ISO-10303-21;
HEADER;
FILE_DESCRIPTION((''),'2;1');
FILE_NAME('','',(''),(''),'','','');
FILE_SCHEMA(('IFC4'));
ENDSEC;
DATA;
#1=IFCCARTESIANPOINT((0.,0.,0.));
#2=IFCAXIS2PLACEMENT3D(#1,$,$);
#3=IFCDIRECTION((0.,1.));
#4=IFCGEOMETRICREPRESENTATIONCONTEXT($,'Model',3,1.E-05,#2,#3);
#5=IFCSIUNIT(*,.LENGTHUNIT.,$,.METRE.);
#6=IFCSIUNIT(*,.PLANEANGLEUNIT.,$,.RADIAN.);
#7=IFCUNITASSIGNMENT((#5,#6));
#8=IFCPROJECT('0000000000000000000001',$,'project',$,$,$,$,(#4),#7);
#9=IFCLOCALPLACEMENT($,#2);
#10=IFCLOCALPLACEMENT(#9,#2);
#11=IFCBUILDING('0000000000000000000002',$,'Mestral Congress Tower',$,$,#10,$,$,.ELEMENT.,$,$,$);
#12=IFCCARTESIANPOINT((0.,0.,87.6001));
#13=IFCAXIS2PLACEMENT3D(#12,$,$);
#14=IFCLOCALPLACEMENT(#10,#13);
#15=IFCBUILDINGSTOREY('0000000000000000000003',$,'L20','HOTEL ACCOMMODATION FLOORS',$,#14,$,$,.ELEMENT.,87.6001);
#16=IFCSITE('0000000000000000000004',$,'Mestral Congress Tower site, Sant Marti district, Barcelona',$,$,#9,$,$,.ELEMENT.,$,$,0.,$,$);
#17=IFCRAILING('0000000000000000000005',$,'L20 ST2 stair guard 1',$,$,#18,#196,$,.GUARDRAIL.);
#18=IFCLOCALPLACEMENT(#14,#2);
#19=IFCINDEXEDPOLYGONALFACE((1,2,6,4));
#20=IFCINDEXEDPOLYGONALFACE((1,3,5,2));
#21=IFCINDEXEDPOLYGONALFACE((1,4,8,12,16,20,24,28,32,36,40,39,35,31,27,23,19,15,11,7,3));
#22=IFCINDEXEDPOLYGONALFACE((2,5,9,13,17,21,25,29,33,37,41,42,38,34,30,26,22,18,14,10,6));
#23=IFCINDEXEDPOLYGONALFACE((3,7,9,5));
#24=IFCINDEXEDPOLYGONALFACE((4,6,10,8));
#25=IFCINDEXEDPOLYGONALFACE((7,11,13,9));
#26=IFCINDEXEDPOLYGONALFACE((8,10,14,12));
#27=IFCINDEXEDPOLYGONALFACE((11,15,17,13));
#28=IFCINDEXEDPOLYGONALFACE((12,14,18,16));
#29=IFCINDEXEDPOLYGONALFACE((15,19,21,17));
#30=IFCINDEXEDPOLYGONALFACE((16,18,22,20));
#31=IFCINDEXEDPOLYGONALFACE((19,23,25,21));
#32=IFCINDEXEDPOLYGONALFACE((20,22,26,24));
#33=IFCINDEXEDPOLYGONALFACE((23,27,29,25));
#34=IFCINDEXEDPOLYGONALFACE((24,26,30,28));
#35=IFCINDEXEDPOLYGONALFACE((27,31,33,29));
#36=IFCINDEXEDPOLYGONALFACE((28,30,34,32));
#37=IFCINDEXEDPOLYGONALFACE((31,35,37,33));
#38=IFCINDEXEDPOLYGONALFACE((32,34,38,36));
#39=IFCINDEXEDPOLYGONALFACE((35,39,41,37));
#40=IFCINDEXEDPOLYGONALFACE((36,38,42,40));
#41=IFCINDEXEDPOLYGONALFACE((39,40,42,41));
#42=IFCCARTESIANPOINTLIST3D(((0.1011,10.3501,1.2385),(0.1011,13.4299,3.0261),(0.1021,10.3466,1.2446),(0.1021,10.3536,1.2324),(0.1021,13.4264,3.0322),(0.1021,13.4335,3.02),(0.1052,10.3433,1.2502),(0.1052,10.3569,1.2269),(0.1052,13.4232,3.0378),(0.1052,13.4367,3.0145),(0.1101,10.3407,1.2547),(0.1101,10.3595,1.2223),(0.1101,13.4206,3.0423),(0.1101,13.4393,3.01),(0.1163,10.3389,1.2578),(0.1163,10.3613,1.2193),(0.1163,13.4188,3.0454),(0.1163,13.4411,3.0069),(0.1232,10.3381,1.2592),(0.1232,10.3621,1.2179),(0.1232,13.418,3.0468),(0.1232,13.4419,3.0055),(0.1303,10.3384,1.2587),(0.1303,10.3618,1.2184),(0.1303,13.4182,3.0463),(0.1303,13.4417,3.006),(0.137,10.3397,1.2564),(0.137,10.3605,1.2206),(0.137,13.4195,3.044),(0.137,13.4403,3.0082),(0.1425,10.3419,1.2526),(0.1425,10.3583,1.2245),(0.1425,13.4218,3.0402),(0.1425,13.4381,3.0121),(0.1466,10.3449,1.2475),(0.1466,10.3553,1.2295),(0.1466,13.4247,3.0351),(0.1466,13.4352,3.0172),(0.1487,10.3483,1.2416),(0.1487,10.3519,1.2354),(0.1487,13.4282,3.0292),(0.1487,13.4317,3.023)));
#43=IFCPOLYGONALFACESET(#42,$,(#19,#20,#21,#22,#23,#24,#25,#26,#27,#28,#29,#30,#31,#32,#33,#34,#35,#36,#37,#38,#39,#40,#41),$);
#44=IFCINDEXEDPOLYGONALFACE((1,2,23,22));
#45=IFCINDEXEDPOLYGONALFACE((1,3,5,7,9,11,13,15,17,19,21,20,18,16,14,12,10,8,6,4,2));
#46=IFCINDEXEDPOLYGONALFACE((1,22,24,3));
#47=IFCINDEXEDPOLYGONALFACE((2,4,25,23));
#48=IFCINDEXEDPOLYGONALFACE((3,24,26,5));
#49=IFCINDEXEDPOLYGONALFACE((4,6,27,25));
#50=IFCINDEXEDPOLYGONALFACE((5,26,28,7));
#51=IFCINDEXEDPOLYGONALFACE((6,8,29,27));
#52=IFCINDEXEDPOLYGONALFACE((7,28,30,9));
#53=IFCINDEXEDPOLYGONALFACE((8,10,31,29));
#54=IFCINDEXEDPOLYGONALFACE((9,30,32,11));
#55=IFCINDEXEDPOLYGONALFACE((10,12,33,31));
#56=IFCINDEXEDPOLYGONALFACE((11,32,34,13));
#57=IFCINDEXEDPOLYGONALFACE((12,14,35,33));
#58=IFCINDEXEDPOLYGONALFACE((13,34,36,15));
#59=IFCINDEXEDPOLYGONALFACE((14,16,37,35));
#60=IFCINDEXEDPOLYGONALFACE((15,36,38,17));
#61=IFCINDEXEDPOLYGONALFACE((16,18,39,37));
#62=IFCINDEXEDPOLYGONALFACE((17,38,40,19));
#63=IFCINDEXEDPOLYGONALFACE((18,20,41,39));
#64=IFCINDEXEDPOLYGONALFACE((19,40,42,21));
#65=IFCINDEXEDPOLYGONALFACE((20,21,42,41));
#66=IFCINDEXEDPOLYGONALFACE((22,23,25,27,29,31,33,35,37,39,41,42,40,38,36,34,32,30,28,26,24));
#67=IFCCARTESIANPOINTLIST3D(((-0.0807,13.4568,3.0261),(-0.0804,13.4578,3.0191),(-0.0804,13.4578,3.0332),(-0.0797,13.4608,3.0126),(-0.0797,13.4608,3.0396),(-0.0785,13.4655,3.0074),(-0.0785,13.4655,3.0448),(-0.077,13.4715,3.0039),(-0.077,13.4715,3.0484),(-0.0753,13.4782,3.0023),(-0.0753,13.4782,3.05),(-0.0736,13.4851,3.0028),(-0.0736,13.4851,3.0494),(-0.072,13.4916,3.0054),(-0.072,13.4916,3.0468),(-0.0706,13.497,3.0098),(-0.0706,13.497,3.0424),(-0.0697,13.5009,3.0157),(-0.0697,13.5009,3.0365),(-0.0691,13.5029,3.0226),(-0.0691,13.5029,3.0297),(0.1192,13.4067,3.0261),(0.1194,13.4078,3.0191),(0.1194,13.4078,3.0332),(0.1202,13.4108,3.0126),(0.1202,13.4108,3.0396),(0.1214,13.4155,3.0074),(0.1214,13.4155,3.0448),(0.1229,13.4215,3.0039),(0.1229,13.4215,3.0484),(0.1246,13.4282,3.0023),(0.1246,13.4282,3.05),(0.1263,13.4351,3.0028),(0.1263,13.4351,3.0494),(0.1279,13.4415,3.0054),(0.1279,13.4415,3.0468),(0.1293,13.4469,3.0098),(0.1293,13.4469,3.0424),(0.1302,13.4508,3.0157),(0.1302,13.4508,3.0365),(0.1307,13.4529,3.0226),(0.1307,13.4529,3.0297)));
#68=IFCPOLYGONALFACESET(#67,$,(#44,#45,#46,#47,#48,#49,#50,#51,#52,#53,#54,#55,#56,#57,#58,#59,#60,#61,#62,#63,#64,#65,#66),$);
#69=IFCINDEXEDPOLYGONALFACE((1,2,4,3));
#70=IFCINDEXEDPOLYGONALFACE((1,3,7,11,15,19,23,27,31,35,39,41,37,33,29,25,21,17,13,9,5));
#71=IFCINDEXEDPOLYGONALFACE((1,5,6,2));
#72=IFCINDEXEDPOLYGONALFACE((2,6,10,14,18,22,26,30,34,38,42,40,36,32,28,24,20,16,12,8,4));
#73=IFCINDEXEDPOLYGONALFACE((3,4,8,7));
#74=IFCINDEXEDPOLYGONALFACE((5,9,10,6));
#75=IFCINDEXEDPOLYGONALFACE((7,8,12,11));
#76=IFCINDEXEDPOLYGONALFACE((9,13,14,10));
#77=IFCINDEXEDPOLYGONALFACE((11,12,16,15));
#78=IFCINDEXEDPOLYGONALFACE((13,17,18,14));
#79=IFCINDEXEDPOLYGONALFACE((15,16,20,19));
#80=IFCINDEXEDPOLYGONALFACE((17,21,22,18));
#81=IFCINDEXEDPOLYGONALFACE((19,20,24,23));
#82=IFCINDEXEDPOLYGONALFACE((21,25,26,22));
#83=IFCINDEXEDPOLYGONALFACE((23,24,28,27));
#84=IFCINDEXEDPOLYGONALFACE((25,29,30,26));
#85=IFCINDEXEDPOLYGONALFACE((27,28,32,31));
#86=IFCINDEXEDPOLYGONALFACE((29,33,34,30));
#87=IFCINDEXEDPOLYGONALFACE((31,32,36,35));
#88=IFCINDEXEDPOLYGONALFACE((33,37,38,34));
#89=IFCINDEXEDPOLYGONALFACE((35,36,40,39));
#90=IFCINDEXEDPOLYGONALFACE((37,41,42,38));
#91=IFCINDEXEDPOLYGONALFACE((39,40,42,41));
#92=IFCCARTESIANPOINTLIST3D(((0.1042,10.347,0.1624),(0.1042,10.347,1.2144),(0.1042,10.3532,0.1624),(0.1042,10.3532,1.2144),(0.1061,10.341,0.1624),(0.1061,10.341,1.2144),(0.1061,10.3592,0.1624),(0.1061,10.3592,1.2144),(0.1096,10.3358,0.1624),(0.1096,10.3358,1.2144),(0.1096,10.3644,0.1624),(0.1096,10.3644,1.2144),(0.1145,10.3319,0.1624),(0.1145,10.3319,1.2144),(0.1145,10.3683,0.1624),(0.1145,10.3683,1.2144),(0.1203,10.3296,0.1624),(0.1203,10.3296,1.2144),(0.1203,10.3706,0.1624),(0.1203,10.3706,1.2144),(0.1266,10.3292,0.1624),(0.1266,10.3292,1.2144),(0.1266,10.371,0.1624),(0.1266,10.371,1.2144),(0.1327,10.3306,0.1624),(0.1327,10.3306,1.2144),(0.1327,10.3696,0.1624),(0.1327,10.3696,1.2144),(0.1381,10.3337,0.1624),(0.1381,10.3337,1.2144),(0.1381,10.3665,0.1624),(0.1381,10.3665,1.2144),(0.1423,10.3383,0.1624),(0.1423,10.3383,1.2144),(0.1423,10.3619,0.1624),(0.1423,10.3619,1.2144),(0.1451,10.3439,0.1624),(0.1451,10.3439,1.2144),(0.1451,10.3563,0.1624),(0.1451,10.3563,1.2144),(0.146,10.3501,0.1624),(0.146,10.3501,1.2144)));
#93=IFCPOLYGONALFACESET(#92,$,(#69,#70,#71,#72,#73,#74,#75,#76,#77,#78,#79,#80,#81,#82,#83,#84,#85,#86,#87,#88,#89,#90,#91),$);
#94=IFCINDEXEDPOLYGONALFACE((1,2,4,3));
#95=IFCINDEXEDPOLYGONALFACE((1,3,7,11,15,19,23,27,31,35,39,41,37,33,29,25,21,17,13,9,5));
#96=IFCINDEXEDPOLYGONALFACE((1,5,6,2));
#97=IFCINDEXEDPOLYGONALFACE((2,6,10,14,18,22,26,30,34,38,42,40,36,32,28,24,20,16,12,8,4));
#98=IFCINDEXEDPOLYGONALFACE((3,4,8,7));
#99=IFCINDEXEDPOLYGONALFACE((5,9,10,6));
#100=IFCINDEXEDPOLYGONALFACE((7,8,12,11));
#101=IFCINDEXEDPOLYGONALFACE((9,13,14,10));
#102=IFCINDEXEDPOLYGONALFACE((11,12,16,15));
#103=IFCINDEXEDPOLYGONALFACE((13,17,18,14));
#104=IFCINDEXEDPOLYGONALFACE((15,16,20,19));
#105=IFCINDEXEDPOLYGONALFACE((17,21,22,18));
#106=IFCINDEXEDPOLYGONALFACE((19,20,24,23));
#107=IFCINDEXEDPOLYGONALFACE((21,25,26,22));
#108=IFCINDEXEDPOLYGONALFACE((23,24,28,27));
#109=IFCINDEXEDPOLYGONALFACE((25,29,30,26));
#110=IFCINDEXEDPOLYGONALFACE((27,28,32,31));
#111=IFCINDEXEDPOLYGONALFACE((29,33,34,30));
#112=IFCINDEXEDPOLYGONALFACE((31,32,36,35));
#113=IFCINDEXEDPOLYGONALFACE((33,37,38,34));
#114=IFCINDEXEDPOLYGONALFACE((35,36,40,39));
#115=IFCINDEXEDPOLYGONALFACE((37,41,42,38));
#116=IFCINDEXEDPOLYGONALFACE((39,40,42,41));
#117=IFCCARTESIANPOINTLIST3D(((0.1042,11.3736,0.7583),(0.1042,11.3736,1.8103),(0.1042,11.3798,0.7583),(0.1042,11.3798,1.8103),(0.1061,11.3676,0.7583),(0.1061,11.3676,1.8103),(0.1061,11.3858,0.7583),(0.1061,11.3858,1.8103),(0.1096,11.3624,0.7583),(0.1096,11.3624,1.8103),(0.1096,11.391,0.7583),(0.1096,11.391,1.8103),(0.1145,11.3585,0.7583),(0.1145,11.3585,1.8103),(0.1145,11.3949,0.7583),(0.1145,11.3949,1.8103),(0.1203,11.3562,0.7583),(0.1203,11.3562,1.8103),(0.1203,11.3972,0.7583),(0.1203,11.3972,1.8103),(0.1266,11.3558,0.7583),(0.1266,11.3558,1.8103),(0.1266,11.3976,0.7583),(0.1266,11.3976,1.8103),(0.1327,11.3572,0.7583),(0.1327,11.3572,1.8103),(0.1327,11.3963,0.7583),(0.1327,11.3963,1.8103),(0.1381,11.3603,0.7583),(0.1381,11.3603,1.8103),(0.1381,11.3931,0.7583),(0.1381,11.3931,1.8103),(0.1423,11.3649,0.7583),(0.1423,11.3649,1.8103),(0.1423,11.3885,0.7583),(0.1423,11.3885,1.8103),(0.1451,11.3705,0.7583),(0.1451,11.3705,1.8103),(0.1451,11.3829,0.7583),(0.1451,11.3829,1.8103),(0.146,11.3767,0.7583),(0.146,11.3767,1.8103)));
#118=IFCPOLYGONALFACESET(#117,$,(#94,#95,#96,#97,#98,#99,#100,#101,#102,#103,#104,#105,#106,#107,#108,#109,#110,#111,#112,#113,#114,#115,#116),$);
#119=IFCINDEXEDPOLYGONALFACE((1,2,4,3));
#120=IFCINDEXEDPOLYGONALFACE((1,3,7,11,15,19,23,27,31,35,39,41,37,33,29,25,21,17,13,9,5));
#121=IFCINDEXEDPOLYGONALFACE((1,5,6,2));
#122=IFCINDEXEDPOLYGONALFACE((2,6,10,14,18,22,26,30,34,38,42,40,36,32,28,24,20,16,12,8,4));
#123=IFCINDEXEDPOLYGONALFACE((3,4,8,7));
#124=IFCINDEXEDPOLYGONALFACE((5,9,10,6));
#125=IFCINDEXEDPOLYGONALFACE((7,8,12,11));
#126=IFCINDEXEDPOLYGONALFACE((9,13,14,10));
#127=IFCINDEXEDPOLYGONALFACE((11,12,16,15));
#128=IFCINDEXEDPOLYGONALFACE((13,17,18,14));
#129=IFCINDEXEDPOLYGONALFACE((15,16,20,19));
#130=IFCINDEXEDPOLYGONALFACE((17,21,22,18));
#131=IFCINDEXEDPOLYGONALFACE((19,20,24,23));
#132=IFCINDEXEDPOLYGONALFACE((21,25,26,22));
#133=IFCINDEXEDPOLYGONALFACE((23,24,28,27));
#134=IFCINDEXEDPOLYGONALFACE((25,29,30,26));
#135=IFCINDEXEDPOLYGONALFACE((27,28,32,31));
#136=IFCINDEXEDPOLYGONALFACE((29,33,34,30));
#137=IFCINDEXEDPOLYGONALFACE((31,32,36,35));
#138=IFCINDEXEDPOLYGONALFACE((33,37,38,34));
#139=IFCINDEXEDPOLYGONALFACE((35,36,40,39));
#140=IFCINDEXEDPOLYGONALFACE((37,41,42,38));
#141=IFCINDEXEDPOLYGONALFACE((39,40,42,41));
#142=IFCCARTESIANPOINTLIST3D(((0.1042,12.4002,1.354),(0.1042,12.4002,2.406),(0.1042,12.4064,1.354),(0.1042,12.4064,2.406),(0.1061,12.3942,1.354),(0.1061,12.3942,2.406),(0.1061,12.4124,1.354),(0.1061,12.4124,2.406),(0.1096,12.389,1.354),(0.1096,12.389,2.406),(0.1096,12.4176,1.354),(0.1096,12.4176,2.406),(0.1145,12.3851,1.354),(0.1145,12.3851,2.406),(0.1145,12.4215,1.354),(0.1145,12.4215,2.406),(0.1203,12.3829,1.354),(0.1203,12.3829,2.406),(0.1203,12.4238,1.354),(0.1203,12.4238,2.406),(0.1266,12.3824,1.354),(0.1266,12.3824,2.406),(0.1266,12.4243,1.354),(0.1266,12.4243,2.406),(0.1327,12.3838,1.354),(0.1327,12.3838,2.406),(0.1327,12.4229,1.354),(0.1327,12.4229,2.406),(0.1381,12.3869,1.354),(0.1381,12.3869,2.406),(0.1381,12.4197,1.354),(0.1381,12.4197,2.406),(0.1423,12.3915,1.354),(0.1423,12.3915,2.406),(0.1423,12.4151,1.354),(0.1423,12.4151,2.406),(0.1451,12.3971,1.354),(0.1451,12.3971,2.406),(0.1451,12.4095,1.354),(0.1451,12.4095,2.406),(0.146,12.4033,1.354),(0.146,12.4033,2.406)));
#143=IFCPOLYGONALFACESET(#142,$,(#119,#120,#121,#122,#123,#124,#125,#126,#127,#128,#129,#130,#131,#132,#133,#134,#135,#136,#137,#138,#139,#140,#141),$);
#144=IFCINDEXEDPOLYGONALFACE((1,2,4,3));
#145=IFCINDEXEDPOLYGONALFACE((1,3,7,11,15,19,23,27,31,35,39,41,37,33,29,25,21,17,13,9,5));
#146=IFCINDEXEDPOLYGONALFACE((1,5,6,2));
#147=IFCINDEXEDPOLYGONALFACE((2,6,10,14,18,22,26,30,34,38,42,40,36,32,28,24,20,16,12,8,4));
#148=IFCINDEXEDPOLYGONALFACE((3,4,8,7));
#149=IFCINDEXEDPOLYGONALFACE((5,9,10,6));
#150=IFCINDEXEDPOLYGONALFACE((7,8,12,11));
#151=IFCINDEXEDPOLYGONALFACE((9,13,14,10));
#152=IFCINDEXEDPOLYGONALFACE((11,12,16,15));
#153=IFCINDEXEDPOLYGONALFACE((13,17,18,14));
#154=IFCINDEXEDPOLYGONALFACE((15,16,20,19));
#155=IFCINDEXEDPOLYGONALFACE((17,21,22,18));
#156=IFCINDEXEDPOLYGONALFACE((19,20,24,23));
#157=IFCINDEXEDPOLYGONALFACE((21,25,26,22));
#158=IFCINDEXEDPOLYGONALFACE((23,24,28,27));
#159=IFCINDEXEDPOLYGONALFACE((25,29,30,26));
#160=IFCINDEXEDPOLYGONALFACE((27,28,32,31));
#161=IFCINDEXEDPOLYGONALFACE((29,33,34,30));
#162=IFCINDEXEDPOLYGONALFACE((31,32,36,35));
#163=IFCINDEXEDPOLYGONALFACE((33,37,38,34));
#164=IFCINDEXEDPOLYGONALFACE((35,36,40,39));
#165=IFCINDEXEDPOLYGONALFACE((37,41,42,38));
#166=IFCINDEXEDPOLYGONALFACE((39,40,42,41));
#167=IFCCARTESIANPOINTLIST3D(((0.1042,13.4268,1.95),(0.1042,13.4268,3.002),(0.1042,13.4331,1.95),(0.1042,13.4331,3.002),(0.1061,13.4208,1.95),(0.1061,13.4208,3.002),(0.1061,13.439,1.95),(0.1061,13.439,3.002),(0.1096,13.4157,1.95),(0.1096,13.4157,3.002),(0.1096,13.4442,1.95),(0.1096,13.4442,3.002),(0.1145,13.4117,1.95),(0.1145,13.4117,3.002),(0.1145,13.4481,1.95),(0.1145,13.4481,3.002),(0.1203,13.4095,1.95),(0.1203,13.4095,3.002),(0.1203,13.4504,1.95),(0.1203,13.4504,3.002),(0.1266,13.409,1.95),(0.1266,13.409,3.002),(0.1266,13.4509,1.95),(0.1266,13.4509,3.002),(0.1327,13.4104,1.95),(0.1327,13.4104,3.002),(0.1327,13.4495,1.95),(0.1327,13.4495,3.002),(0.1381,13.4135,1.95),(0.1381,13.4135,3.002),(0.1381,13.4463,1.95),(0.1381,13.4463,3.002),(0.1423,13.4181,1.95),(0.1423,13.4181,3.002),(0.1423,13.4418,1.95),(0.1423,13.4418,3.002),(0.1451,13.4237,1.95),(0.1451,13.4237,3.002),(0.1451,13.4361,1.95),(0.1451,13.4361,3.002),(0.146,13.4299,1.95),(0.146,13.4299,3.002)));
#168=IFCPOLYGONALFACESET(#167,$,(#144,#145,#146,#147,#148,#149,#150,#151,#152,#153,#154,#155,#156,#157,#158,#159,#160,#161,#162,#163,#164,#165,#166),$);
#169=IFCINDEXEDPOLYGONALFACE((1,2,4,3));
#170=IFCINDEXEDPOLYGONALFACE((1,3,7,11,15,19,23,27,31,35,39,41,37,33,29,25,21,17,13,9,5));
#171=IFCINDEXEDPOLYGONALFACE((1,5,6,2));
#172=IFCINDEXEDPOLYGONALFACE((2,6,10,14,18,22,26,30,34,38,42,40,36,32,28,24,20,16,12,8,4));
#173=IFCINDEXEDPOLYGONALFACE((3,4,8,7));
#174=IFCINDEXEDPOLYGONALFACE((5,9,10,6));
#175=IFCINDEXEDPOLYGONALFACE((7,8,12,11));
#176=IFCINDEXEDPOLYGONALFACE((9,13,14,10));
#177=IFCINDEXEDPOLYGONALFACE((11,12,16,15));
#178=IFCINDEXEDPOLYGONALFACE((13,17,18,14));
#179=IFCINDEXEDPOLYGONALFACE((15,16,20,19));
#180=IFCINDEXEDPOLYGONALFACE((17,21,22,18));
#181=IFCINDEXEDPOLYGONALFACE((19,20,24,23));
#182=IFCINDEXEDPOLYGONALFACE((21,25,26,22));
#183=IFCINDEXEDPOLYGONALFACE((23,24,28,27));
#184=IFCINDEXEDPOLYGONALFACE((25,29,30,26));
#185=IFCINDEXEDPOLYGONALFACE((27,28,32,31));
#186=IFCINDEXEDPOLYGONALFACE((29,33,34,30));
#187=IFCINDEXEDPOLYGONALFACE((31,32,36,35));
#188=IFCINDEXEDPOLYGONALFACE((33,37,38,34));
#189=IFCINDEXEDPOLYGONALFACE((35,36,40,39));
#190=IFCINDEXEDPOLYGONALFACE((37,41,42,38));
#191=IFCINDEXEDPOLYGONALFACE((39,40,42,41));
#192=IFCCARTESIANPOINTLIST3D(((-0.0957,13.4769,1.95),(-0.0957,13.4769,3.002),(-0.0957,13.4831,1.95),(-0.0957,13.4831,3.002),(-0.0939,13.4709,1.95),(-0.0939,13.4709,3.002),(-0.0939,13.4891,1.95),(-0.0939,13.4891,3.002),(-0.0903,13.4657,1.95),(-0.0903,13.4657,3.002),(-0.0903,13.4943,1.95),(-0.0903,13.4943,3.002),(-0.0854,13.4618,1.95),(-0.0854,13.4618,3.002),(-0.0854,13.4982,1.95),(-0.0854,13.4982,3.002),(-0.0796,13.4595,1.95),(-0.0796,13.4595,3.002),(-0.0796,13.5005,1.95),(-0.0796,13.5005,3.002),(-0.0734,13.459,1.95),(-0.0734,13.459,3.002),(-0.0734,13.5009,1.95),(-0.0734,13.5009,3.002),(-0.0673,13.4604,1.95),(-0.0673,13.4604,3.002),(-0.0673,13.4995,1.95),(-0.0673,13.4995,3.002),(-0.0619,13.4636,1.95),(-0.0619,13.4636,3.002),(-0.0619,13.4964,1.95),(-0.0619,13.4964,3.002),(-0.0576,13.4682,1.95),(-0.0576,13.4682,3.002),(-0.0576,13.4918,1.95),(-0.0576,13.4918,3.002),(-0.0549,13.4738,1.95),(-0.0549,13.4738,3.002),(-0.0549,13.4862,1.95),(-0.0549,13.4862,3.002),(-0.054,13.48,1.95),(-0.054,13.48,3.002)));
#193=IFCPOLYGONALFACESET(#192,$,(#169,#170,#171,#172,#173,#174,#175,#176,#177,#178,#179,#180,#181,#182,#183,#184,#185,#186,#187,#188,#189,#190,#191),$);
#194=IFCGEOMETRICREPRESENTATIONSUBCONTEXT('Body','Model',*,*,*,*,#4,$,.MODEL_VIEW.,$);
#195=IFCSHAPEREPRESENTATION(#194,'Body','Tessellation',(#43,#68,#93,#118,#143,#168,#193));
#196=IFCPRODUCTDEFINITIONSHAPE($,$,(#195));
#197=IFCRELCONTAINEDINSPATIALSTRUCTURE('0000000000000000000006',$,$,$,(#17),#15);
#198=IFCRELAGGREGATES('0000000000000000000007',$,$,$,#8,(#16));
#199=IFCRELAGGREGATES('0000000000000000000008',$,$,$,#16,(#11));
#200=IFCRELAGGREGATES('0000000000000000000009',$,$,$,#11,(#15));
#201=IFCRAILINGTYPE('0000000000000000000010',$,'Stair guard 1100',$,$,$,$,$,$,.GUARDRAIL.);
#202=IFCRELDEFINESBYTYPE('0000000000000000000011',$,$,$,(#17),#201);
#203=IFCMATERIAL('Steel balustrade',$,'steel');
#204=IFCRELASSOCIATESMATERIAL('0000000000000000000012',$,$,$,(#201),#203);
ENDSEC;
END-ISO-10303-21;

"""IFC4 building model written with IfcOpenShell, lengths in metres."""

from ifc_helpers import new_model, si_unit, direction, frame, origin, origin_2d, place, context, subcontext, project, spatial, circle, extrude, material, type_object, element, save


model = new_model("IFC4")

# Units and contexts
model_context = context("Model", 3, precision=1e-05, world=origin(), true_north=direction((0.0, 1.0)))
body_context = subcontext(model_context, "Body", "Model", "MODEL_VIEW")
ifc_project = project(units=[si_unit("LENGTHUNIT", "METRE"), si_unit("PLANEANGLEUNIT", "RADIAN")], contexts=[model_context])

# Site, building, storey
site_placement = place(None, origin())
site = spatial("IfcSite", under=ifc_project, at=site_placement, Name="Mestral Congress Tower site, Sant Marti district, Barcelona", CompositionType="ELEMENT", RefElevation=0.0)
building_placement = place(site_placement, origin())
building = spatial("IfcBuilding", under=site, at=building_placement, Name="Mestral Congress Tower", CompositionType="ELEMENT")
storey_placement = place(building_placement, frame((0.0, 0.0, 87.6001)))
storey = spatial("IfcBuildingStorey", under=building, at=storey_placement, Name="L20", Description="HOTEL ACCOMMODATION FLOORS", CompositionType="ELEMENT", Elevation=87.6001)

# Railing
ifc_material_1 = material(Name="Steel balustrade", Category="steel")
railing_type = type_object("IfcRailingType", Name="Stair guard 1100", PredefinedType="GUARDRAIL", material=ifc_material_1)
railing_1_placement = place(storey_placement, frame((0.125, 10.3501, 0.1624)))
element("IfcRailing", 1, at=railing_1_placement, inside=storey, type_object=railing_type, Name="L20 ST2 stair guard 1", PredefinedType="GUARDRAIL", context=body_context, shape_type="SweptSolid", body=[
    extrude(circle(Radius=0.0239, at=origin_2d()), frame((0.0, 0.0, 1.0762), z_axis=(0.0, 0.864873, 0.50199), x_axis=(-1.0, 0.0, 0.0)), (0.0, 0.0, 1.0), 3.561),
    extrude(circle(Radius=0.0239, at=origin_2d()), frame((0.0, 3.0798, 2.8638), z_axis=(-0.970073, 0.242814, 0.0), x_axis=(-0.242814, -0.970073, 0.0)), (0.0, 0.0, 1.0), 0.2061),
    extrude(circle(Radius=0.021, at=origin_2d()), origin(), (0.0, 0.0, 1.0), 1.052),
    extrude(circle(Radius=0.021, at=origin_2d()), frame((0.0, 1.0266, 0.5959)), (0.0, 0.0, 1.0), 1.052),
    extrude(circle(Radius=0.021, at=origin_2d()), frame((0.0, 2.0532, 1.1917)), (0.0, 0.0, 1.0), 1.052),
    extrude(circle(Radius=0.021, at=origin_2d()), frame((0.0, 3.0798, 1.7876)), (0.0, 0.0, 1.0), 1.052),
    extrude(circle(Radius=0.021, at=origin_2d()), frame((-0.2, 3.1299, 1.7876)), (0.0, 0.0, 1.0), 1.052),
])

save(model, "model.ifc")
